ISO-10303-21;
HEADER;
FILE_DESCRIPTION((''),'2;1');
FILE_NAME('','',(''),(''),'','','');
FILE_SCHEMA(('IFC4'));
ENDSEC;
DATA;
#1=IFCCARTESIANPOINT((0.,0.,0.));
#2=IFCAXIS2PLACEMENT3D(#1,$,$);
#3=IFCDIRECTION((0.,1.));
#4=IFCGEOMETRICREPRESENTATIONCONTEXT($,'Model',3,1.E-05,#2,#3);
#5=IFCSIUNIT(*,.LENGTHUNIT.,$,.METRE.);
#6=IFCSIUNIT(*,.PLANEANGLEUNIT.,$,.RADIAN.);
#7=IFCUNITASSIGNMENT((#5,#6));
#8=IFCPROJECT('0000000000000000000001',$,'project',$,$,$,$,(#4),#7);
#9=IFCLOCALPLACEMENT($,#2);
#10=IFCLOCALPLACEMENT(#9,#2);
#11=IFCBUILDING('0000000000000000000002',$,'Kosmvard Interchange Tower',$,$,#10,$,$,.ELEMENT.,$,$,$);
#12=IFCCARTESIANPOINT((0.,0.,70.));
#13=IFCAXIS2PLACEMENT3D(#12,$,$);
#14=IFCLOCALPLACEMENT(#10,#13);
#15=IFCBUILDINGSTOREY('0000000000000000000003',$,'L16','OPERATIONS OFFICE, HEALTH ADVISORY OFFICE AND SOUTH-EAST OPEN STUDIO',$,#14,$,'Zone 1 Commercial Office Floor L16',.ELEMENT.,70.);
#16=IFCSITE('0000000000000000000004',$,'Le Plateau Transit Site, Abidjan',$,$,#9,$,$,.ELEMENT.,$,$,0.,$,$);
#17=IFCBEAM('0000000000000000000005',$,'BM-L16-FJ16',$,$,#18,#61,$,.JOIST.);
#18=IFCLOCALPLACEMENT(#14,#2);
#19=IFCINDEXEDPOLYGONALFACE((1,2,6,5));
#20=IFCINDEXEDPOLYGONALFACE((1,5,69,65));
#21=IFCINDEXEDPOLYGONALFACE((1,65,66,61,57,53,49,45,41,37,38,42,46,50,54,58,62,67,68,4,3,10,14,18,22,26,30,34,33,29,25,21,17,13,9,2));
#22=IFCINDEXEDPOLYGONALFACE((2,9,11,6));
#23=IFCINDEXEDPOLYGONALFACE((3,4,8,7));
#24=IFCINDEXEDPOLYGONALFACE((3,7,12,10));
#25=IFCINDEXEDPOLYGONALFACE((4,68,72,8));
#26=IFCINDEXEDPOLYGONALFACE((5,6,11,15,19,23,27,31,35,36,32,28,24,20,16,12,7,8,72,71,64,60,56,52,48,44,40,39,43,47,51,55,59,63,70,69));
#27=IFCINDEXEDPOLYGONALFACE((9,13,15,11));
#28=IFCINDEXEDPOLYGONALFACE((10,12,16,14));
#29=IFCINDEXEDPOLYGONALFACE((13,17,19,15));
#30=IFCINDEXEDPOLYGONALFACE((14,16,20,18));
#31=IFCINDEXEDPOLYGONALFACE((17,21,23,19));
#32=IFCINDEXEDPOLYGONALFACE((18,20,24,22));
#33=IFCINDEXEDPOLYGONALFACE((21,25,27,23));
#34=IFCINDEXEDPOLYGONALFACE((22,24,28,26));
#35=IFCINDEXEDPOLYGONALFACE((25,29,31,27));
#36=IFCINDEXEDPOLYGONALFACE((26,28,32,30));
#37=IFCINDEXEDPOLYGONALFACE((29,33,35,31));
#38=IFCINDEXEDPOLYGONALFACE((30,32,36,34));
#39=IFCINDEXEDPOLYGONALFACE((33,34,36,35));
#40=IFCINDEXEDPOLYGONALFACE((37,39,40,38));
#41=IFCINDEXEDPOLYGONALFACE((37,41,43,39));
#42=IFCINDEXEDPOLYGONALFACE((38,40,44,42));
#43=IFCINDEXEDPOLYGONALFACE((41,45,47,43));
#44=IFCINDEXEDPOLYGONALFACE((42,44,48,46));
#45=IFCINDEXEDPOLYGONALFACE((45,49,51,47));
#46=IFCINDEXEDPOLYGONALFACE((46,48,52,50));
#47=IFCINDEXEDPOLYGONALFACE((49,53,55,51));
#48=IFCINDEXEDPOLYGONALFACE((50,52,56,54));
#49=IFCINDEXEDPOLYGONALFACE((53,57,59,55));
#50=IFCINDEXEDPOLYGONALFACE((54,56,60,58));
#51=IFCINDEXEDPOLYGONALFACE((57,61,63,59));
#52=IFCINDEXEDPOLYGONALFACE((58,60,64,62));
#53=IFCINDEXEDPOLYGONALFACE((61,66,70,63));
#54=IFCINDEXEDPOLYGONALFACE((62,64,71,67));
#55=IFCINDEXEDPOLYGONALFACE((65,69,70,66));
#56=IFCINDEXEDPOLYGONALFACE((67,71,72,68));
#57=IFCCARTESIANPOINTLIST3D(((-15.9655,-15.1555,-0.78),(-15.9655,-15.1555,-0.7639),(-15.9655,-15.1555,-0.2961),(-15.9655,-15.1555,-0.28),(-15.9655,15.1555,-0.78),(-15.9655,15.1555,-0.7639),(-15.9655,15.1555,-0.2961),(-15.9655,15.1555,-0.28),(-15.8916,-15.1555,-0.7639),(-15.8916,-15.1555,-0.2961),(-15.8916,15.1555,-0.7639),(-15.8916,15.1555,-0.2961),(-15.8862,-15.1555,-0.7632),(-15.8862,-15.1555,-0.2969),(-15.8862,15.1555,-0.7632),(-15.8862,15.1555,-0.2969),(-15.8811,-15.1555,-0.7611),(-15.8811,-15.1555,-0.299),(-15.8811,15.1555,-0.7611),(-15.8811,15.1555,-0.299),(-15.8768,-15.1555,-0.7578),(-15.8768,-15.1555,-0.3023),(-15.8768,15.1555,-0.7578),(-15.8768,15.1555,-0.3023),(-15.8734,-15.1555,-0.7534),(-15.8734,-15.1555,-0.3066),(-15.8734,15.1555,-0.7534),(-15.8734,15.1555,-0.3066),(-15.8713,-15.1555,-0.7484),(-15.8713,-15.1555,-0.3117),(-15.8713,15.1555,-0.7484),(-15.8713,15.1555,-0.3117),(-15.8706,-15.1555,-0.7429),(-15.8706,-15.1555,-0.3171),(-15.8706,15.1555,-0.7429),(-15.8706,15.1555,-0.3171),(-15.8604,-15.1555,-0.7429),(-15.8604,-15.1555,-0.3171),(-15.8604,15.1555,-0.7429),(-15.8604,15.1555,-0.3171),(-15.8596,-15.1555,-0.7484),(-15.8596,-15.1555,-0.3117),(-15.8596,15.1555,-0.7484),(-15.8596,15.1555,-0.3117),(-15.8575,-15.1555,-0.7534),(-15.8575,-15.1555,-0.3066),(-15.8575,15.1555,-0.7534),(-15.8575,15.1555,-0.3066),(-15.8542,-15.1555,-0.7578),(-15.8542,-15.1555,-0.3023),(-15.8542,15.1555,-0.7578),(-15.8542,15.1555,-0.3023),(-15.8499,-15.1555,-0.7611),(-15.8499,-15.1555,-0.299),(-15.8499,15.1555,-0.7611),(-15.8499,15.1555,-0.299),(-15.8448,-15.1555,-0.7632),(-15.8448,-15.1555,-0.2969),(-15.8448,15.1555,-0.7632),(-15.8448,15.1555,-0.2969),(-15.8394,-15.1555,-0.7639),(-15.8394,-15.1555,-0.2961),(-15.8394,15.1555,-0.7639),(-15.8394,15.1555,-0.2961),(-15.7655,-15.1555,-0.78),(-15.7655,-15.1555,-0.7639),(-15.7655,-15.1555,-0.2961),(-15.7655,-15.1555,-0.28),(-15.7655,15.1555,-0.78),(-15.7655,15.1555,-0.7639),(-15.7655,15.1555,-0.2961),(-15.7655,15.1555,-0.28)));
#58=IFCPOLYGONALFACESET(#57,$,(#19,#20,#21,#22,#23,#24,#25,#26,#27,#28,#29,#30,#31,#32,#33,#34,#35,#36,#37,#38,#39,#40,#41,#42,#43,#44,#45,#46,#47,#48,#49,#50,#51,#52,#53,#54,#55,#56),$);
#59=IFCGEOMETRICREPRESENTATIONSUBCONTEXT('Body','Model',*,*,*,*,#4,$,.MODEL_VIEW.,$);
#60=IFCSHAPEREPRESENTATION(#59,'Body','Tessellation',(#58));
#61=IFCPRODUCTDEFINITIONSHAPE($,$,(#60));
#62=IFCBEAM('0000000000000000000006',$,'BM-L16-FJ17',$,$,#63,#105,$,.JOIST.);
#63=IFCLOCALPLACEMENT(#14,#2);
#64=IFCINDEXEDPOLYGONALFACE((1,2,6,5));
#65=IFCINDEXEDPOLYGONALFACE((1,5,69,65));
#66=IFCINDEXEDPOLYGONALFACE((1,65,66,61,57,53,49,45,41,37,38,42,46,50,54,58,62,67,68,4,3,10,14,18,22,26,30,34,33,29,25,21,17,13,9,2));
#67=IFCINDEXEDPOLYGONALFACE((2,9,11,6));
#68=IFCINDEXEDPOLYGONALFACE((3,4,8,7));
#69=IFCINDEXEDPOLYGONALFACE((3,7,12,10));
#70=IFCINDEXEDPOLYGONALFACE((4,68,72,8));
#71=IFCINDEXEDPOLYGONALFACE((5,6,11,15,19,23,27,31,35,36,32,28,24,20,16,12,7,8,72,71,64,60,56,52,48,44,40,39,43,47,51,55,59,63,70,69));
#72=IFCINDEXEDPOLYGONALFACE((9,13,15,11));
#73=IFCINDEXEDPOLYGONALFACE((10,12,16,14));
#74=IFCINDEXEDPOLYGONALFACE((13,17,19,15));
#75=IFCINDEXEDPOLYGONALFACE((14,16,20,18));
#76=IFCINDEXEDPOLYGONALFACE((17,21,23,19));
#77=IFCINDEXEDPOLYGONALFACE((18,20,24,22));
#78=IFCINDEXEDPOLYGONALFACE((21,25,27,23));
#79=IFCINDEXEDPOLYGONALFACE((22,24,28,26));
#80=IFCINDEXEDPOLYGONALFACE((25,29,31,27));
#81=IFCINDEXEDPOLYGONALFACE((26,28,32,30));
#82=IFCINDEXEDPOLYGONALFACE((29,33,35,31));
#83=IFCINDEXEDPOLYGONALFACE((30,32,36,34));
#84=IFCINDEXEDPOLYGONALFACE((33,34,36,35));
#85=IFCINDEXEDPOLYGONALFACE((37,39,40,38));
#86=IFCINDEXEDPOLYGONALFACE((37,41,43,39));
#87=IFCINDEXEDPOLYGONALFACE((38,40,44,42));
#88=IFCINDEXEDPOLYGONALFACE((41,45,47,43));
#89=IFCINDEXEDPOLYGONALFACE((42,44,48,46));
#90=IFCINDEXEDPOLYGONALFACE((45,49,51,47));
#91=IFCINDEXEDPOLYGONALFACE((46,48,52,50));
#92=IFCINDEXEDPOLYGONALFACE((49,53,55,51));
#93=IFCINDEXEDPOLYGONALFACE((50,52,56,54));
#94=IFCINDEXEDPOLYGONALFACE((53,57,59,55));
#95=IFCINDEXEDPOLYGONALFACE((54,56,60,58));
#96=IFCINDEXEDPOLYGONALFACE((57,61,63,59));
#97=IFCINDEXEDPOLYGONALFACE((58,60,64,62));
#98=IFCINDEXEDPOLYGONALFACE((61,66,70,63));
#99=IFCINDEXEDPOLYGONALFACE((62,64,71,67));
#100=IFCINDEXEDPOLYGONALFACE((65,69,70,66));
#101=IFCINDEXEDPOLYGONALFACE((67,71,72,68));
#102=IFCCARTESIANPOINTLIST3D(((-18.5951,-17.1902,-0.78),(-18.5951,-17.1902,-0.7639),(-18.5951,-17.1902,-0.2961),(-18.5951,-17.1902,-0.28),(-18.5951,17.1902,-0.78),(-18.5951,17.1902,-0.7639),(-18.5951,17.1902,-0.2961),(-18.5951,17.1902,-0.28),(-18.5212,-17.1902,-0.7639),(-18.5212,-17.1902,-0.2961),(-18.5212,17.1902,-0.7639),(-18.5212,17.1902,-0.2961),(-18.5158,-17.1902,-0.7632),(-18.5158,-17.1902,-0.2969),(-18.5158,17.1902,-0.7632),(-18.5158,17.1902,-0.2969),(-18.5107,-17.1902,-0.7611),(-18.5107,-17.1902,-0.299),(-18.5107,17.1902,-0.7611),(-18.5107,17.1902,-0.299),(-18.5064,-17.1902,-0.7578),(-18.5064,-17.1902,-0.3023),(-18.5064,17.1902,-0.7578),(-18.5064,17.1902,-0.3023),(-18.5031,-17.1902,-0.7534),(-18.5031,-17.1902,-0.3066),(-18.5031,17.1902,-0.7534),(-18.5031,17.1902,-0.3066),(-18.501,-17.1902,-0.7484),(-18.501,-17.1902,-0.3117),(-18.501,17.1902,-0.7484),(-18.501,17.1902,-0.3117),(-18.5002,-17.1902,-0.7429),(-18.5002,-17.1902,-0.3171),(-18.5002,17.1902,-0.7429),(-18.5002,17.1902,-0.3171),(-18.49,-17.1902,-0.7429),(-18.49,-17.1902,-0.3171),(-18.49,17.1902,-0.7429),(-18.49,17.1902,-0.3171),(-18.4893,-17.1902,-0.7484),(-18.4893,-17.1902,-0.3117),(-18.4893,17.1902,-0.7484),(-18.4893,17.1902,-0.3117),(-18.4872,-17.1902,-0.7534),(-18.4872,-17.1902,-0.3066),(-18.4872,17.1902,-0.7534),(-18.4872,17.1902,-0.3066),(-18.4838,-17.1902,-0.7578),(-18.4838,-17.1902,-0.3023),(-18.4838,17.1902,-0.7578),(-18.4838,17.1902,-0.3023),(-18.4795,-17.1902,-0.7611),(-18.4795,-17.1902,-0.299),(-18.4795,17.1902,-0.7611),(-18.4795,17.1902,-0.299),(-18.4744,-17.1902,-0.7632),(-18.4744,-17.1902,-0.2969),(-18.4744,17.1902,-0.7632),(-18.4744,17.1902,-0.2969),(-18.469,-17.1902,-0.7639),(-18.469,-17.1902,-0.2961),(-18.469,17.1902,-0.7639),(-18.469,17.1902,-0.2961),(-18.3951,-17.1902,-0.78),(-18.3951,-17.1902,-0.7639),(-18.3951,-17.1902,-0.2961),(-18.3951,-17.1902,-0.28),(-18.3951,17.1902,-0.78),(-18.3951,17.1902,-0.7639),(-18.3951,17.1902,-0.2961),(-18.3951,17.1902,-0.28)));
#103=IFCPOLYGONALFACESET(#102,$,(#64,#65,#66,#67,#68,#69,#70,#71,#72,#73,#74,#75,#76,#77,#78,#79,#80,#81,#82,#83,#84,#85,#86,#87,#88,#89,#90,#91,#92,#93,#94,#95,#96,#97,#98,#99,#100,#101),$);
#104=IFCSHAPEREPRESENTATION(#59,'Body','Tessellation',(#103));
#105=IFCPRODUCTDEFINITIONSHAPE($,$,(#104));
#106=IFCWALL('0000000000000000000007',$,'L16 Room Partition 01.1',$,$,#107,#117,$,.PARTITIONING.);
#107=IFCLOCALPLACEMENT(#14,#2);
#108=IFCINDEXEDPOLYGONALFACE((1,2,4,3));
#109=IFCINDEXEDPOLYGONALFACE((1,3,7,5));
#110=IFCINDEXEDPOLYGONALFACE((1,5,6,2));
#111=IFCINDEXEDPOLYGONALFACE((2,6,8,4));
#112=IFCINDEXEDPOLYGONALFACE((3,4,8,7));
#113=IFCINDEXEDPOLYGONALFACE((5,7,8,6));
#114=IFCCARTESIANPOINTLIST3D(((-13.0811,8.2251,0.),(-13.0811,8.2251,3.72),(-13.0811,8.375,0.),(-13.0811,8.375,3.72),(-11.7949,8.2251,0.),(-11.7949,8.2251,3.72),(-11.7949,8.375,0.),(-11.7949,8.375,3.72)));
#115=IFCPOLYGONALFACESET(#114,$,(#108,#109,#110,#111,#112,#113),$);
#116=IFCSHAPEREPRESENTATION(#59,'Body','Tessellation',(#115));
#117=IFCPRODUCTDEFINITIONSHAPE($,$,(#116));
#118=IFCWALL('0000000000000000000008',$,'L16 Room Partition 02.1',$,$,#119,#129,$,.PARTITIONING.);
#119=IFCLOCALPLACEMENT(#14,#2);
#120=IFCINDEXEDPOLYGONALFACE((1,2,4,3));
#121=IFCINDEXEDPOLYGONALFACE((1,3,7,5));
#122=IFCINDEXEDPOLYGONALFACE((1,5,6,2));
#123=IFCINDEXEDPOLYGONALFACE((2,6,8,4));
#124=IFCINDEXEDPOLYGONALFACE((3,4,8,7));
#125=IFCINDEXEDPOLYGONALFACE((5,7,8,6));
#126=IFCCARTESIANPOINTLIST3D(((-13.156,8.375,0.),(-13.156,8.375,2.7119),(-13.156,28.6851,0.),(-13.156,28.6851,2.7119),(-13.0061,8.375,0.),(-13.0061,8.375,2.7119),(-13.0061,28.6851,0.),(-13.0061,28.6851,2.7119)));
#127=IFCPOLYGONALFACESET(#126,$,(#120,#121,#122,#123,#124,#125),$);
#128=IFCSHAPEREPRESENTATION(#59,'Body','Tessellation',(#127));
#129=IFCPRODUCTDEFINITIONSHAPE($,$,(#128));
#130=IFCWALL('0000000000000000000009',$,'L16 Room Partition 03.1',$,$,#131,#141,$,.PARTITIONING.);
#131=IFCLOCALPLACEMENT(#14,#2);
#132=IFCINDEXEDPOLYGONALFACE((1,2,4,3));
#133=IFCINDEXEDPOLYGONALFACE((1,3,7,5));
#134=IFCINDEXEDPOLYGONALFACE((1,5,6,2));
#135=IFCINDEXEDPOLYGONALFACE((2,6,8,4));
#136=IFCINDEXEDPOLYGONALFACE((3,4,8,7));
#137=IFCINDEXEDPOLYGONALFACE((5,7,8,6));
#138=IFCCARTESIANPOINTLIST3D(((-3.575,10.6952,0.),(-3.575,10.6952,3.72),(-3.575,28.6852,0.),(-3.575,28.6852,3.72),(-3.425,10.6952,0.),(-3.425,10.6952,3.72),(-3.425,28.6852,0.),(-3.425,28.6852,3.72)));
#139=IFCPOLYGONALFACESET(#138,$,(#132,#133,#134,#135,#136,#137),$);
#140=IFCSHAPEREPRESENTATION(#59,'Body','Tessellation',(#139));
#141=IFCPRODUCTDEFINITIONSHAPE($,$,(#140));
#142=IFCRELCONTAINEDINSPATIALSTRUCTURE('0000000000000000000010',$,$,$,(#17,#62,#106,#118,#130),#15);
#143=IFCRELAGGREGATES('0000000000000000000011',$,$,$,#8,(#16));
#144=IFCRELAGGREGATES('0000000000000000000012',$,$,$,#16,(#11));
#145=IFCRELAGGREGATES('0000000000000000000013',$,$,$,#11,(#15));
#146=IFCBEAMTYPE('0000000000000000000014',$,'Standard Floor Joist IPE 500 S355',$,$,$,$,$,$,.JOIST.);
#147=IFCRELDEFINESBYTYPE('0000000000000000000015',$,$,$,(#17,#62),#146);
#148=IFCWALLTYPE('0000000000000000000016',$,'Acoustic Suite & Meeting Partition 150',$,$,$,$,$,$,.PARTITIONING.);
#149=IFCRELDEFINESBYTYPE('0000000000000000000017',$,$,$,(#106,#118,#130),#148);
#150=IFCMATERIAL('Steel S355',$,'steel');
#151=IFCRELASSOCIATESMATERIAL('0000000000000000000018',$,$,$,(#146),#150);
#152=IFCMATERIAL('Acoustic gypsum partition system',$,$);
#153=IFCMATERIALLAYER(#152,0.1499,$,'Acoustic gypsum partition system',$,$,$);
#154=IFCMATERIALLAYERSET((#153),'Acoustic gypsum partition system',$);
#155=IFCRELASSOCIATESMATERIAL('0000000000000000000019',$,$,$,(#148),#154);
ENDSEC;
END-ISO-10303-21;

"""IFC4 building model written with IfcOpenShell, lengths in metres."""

from ifc_helpers import new_model, si_unit, direction, frame, frame_2d, origin, origin_2d, place, context, subcontext, project, spatial, rectangle, i_section, extrude, source, transform, mapped, material, layer, layer_set, material_profile, profile_set, type_object, element, save


model = new_model("IFC4")

# Units and contexts
model_context = context("Model", 3, precision=1e-05, world=origin(), true_north=direction((0.0, 1.0)))
body_context = subcontext(model_context, "Body", "Model", "MODEL_VIEW")
ifc_project = project(units=[si_unit("LENGTHUNIT", "METRE"), si_unit("PLANEANGLEUNIT", "RADIAN")], contexts=[model_context])

# Site, building, storey
site_placement = place(None, origin())
site = spatial("IfcSite", under=ifc_project, at=site_placement, Name="Le Plateau Transit Site, Abidjan", CompositionType="ELEMENT", RefElevation=0.0)
building_placement = place(site_placement, origin())
building = spatial("IfcBuilding", under=site, at=building_placement, Name="Kosmvard Interchange Tower", CompositionType="ELEMENT")
storey_placement = place(building_placement, frame((0.0, 0.0, 70.0)))
storey = spatial("IfcBuildingStorey", under=building, at=storey_placement, Name="L16", Description="OPERATIONS OFFICE, HEALTH ADVISORY OFFICE AND SOUTH-EAST OPEN STUDIO", LongName="Zone 1 Commercial Office Floor L16", CompositionType="ELEMENT", Elevation=70.0)

# Beams
ifc_material_1 = material(Name="Steel S355", Category="steel")
ifc_material_profile_1 = material_profile(ifc_material_1, i_section(OverallWidth=0.2, OverallDepth=0.5, WebThickness=0.0103, FlangeThickness=0.0161, FilletRadius=0.021, at=origin_2d()), Name="IPE 500")
ifc_profile_set_1 = profile_set([ifc_material_profile_1], Name="Steel S355")
beam_type_1 = type_object("IfcBeamType", Name="Standard Floor Joist IPE 500 S355", PredefinedType="JOIST", material=ifc_profile_set_1)
shared_shape_1 = source(origin(), body_context, "Body", "SweptSolid", [
    extrude(i_section(OverallWidth=0.2, OverallDepth=0.5, WebThickness=0.0103, FlangeThickness=0.0161, FilletRadius=0.021, at=origin_2d()), origin(), (0.0, 0.0, 1.0), 30.311),
])
beam_1_placement = place(storey_placement, frame((-15.8655, 15.1555, -0.53), z_axis=(0.0, -1.0, 0.0), x_axis=(1.0, 0.0, 0.0)))
element("IfcBeam", 1, at=beam_1_placement, inside=storey, type_object=beam_type_1, Name="BM-L16-FJ16", PredefinedType="JOIST", context=body_context, shape_type="MappedRepresentation", body=[
    mapped(shared_shape_1, transform((0.0, 0.0, 0.0), scale=1.0)),
])
shared_shape_2 = source(origin(), body_context, "Body", "SweptSolid", [
    extrude(i_section(OverallWidth=0.2, OverallDepth=0.5, WebThickness=0.0103, FlangeThickness=0.0161, FilletRadius=0.021, at=origin_2d()), origin(), (0.0, 0.0, 1.0), 34.3804),
])
beam_2_placement = place(storey_placement, frame((-18.4951, 17.1902, -0.53), z_axis=(0.0, -1.0, 0.0), x_axis=(1.0, 0.0, 0.0)))
element("IfcBeam", 2, at=beam_2_placement, inside=storey, type_object=beam_type_1, Name="BM-L16-FJ17", PredefinedType="JOIST", context=body_context, shape_type="MappedRepresentation", body=[
    mapped(shared_shape_2, transform((0.0, 0.0, 0.0), scale=1.0)),
])

# Walls
ifc_material_2 = material(Name="Acoustic gypsum partition system")
ifc_layer_1 = layer(ifc_material_2, 0.1499, Name="Acoustic gypsum partition system")
ifc_layer_set_1 = layer_set([ifc_layer_1], Name="Acoustic gypsum partition system")
wall_type_1 = type_object("IfcWallType", Name="Acoustic Suite & Meeting Partition 150", PredefinedType="PARTITIONING", material=ifc_layer_set_1)
wall_1_placement = place(storey_placement, frame((-11.7949, 8.3, 0.0), z_axis=(0.0, 0.0, 1.0), x_axis=(-1.0, 0.0, 0.0)))
element("IfcWall", 3, at=wall_1_placement, inside=storey, type_object=wall_type_1, Name="L16 Room Partition 01.1", PredefinedType="PARTITIONING", context=body_context, shape_type="SweptSolid", body=[
    extrude(rectangle(XDim=1.2861, YDim=0.1499, at=frame_2d((0.6431, 0.0))), origin(), (0.0, 0.0, 1.0), 3.72),
])
wall_2_placement = place(storey_placement, frame((-13.0811, 8.375, 0.0), z_axis=(0.0, 0.0, 1.0), x_axis=(0.0, 1.0, 0.0)))
element("IfcWall", 4, at=wall_2_placement, inside=storey, type_object=wall_type_1, Name="L16 Room Partition 02.1", PredefinedType="PARTITIONING", context=body_context, shape_type="SweptSolid", body=[
    extrude(rectangle(XDim=20.3101, YDim=0.1499, at=frame_2d((10.155, 0.0))), origin(), (0.0, 0.0, 1.0), 2.7119),
])
wall_3_placement = place(storey_placement, frame((-3.5, 10.6951, 0.0), z_axis=(0.0, 0.0, 1.0), x_axis=(0.0, 1.0, 0.0)))
element("IfcWall", 5, at=wall_3_placement, inside=storey, type_object=wall_type_1, Name="L16 Room Partition 03.1", PredefinedType="PARTITIONING", context=body_context, shape_type="SweptSolid", body=[
    extrude(rectangle(XDim=17.99, YDim=0.1499, at=frame_2d((8.9951, 0.0))), origin(), (0.0, 0.0, 1.0), 3.72),
])

save(model, "model.ifc")
